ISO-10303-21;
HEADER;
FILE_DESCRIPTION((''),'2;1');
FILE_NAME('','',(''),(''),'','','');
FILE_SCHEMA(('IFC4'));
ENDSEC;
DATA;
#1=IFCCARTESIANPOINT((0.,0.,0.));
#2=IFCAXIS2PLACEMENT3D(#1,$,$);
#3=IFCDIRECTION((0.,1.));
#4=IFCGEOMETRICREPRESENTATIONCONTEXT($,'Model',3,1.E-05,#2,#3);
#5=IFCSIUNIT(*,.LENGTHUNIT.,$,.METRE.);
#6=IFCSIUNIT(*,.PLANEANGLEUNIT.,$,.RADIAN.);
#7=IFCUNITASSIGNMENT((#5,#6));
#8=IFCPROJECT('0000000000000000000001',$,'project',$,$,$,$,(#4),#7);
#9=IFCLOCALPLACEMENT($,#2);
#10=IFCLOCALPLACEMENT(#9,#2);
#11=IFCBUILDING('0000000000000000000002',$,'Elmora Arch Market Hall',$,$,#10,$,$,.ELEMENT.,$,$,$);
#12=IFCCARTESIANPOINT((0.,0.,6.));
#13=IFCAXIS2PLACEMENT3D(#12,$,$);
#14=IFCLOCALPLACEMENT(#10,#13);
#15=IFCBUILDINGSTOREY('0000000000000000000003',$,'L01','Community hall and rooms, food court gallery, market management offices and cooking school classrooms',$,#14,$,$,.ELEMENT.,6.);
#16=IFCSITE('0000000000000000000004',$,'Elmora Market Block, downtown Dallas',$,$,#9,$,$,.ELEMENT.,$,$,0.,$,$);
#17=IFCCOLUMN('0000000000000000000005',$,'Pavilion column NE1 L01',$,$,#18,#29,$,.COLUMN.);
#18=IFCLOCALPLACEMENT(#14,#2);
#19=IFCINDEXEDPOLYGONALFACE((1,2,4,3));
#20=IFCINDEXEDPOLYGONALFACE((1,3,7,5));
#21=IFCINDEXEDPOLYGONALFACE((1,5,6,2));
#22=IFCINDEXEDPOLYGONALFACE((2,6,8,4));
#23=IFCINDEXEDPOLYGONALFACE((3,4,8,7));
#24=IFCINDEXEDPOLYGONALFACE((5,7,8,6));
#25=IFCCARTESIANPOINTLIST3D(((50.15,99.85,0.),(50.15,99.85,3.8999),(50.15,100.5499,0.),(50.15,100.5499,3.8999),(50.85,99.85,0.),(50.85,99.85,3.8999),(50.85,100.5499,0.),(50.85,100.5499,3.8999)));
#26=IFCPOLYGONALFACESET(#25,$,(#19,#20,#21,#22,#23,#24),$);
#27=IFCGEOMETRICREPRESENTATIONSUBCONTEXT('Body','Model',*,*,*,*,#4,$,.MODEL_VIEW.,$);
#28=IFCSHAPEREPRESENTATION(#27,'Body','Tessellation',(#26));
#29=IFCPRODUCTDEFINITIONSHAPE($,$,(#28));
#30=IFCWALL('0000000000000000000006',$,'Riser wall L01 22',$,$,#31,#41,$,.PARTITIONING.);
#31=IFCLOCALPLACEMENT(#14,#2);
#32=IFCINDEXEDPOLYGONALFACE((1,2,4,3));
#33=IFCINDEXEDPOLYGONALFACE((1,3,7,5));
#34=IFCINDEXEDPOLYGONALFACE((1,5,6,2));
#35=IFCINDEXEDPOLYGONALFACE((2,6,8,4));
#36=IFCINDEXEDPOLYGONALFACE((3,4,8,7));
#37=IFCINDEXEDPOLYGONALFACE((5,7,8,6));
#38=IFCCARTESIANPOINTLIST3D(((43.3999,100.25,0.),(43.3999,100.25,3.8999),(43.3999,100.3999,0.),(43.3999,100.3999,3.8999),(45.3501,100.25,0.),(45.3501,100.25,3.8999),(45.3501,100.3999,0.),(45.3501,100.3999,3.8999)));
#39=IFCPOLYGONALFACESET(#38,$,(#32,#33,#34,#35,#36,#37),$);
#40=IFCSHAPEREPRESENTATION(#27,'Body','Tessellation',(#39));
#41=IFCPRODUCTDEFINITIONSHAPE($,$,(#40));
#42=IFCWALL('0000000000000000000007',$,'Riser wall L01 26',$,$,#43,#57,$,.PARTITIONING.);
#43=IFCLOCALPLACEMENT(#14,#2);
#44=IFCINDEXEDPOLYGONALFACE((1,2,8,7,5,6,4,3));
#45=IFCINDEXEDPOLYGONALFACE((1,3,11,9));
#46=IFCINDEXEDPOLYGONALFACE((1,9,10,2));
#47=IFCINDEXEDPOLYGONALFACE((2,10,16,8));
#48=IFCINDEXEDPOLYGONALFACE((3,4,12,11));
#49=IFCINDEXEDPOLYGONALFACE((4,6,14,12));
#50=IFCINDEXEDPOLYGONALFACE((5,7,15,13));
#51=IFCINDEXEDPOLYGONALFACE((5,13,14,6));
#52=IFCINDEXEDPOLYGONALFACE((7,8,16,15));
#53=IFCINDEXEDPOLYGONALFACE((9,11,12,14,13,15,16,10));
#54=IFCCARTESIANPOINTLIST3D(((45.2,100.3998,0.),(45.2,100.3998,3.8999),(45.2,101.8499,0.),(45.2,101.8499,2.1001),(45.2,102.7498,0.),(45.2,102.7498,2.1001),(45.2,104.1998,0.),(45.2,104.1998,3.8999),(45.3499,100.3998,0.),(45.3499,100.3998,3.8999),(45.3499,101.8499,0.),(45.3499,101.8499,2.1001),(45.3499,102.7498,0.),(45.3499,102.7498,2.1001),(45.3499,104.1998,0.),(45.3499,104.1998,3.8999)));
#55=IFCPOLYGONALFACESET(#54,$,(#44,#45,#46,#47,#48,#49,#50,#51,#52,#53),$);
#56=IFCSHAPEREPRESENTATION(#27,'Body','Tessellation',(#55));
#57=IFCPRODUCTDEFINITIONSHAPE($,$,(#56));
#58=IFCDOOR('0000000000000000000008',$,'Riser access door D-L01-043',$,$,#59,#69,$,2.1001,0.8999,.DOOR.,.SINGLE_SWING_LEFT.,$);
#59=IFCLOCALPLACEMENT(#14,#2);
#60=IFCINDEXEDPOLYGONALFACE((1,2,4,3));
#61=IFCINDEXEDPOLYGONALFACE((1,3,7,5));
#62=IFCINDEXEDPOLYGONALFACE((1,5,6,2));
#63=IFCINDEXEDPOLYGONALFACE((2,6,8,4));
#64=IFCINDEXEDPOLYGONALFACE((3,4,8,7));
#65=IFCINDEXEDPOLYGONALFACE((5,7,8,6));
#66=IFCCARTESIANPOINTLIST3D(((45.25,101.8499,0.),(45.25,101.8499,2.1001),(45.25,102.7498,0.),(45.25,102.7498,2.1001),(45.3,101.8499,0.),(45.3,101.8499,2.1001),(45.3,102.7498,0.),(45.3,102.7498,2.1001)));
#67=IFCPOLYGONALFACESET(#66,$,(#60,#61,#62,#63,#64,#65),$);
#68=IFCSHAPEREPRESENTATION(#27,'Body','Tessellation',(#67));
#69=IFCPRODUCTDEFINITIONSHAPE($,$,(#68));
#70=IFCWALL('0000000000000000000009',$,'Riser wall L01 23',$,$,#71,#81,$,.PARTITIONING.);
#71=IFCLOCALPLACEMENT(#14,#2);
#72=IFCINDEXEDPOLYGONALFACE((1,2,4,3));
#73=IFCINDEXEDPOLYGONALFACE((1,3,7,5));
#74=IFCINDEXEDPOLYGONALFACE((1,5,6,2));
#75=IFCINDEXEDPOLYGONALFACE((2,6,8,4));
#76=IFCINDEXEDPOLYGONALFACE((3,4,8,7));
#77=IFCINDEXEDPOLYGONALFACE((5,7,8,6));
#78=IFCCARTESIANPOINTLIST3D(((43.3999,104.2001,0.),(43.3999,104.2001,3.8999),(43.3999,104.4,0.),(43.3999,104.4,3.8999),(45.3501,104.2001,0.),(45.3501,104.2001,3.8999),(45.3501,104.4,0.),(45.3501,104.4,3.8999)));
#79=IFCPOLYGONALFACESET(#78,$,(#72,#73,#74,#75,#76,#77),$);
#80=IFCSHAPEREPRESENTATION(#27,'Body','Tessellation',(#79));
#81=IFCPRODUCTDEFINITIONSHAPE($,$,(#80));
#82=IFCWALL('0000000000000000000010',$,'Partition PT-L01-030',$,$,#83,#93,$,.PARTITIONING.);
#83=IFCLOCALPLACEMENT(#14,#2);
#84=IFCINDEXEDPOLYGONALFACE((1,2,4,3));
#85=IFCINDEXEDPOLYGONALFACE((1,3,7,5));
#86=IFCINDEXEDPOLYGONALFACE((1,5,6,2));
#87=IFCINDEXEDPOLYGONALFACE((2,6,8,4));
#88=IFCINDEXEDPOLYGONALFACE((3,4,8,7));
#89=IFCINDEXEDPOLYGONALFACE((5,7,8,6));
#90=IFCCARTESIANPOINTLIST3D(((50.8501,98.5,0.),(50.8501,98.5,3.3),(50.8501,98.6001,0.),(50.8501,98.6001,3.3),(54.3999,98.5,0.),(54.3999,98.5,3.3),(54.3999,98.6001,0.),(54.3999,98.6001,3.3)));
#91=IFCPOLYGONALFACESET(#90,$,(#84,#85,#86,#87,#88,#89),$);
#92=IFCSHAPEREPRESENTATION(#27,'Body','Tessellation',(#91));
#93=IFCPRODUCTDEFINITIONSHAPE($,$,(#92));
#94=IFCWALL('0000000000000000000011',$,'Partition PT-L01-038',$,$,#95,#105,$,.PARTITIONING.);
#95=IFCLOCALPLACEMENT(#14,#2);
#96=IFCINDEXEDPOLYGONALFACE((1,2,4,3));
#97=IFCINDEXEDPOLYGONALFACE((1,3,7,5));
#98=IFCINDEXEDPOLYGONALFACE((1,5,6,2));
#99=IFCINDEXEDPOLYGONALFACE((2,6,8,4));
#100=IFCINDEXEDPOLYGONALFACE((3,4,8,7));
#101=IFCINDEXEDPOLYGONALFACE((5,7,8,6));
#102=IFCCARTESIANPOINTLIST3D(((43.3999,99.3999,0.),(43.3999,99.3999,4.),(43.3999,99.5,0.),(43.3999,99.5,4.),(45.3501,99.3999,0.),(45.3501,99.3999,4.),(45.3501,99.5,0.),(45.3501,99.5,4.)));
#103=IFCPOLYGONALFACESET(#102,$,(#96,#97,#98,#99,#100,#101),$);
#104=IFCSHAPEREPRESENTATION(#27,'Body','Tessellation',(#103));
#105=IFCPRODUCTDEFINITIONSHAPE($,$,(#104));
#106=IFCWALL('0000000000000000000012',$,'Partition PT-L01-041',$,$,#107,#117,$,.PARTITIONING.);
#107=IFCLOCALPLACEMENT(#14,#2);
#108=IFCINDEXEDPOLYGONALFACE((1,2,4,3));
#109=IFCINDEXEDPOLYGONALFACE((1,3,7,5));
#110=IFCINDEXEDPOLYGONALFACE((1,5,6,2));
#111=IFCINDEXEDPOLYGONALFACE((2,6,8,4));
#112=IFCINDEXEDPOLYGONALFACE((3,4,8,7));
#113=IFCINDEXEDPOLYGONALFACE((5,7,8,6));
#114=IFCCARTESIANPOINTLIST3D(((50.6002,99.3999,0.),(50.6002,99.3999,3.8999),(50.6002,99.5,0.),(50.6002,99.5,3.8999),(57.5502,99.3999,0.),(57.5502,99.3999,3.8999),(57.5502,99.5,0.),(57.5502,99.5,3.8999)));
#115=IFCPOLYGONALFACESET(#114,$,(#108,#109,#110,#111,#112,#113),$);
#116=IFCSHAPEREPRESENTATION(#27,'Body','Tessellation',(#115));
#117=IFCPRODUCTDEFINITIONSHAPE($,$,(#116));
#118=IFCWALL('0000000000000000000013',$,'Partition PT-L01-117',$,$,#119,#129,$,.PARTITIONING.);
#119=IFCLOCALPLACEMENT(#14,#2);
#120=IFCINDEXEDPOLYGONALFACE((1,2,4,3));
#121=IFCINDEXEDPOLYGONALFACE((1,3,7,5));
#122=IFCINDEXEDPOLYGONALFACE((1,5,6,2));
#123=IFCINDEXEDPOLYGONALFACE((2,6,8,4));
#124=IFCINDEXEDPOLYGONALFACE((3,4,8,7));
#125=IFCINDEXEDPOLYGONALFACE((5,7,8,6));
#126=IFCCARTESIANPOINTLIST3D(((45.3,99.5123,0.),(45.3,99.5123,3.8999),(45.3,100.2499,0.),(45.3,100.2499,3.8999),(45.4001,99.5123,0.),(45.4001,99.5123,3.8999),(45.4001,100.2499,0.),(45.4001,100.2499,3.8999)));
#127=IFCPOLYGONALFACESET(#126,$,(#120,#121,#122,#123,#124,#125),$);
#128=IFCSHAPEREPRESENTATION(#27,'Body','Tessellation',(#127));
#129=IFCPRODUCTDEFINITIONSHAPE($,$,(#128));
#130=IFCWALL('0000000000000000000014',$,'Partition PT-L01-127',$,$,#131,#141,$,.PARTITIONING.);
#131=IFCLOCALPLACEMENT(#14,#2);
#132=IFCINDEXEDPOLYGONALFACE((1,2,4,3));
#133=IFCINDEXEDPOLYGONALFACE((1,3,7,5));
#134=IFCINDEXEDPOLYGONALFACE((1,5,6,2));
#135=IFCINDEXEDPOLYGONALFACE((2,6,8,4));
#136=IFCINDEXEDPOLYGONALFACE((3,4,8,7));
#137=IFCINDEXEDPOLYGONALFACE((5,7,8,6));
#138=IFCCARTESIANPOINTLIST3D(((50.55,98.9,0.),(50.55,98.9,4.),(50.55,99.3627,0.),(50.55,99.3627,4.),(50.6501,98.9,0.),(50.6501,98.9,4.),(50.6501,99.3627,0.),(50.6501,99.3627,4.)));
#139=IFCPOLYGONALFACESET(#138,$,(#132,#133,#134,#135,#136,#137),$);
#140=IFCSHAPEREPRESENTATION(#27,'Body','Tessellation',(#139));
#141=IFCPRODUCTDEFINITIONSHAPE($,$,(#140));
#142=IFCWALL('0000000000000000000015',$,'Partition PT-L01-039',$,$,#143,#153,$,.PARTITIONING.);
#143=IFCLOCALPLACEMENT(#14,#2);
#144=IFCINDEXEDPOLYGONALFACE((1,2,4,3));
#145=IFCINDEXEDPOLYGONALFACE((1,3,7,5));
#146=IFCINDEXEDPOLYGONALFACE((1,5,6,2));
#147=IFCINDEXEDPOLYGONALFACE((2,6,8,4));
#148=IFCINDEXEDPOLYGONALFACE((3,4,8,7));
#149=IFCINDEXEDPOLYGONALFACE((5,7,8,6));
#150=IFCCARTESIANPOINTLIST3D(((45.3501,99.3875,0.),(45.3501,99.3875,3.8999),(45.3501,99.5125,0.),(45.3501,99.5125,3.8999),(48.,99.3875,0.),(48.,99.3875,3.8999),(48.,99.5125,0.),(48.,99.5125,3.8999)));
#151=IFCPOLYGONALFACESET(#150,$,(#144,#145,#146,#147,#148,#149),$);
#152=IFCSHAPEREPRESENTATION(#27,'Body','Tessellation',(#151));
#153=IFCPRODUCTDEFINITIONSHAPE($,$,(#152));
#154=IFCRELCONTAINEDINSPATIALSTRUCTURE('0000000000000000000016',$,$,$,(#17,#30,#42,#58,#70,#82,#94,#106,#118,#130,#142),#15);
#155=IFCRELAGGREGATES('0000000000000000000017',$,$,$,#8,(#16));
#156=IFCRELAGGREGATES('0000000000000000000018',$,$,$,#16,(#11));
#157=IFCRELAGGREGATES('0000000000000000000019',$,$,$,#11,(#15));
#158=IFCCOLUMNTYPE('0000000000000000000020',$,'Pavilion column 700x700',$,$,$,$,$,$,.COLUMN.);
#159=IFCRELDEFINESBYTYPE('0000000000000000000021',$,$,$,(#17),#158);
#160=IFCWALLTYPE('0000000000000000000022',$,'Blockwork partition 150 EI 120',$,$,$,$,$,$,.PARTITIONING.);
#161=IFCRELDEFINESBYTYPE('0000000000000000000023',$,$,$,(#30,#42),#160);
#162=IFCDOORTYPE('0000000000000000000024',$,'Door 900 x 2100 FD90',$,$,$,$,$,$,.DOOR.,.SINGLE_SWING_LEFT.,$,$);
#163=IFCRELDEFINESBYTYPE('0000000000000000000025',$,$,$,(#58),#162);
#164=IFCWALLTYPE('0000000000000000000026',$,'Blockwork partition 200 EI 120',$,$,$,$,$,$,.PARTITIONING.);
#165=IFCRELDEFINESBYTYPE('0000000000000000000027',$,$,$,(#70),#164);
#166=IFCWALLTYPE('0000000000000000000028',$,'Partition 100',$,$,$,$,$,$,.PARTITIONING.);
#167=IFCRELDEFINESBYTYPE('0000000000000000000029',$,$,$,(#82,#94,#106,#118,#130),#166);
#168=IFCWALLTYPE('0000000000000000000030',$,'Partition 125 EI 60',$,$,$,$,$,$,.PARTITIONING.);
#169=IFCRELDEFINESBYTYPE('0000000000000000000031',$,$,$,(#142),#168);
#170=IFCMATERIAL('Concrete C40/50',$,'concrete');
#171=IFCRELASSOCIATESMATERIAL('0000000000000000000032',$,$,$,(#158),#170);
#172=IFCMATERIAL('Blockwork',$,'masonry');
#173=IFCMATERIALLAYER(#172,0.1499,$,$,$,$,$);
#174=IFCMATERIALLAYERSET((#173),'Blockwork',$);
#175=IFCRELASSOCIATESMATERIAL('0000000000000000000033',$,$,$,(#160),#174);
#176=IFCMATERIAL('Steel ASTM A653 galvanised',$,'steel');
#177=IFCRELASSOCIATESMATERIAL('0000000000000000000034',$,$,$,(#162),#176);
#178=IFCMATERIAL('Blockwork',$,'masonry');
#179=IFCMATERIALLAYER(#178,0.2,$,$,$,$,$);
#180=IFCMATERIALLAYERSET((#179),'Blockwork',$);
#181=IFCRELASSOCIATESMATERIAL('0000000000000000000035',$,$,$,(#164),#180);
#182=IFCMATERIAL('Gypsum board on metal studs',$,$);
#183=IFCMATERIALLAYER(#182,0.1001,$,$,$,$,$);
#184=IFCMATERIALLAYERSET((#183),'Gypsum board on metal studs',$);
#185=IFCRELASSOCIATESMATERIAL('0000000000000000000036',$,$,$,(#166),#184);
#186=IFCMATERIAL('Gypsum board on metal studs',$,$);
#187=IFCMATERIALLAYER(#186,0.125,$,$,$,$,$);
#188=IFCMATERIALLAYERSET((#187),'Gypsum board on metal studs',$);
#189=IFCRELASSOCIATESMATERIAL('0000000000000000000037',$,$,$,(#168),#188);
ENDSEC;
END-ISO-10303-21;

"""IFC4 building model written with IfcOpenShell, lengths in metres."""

from ifc_helpers import new_model, si_unit, direction, frame, frame_2d, origin, origin_2d, place, context, subcontext, project, spatial, rectangle, extrude, material, layer, layer_set, material_profile, profile_set, type_object, element, fill, save


model = new_model("IFC4")

# Units and contexts
model_context = context("Model", 3, precision=1e-05, world=origin(), true_north=direction((0.0, 1.0)))
body_context = subcontext(model_context, "Body", "Model", "MODEL_VIEW")
ifc_project = project(units=[si_unit("LENGTHUNIT", "METRE"), si_unit("PLANEANGLEUNIT", "RADIAN")], contexts=[model_context])

# Site, building, storey
site_placement = place(None, origin())
site = spatial("IfcSite", under=ifc_project, at=site_placement, Name="Elmora Market Block, downtown Dallas", CompositionType="ELEMENT", RefElevation=0.0)
building_placement = place(site_placement, origin())
building = spatial("IfcBuilding", under=site, at=building_placement, Name="Elmora Arch Market Hall", CompositionType="ELEMENT")
storey_placement = place(building_placement, frame((0.0, 0.0, 6.0)))
storey = spatial("IfcBuildingStorey", under=building, at=storey_placement, Name="L01", Description="Community hall and rooms, food court gallery, market management offices and cooking school classrooms", CompositionType="ELEMENT", Elevation=6.0)

# Column
ifc_material_1 = material(Name="Concrete C40/50", Category="concrete")
ifc_material_profile = material_profile(ifc_material_1, rectangle(XDim=0.7, YDim=0.7, at=origin_2d()), Name="Pavilion column 700x700")
ifc_profile_set = profile_set([ifc_material_profile], Name="Concrete C40/50")
column_type = type_object("IfcColumnType", Name="Pavilion column 700x700", PredefinedType="COLUMN", material=ifc_profile_set)
column_placement = place(storey_placement, frame((50.5, 100.2, 0.0), z_axis=(0.0, 0.0, 1.0), x_axis=(1.0, 0.0, 0.0)))
element("IfcColumn", 1, at=column_placement, inside=storey, type_object=column_type, Name="Pavilion column NE1 L01", PredefinedType="COLUMN", context=body_context, shape_type="SweptSolid", body=[
    extrude(rectangle(XDim=0.7, YDim=0.7, at=origin_2d()), origin(), (0.0, 0.0, 1.0), 3.8999),
])

# Wall
ifc_material_2 = material(Name="Blockwork", Category="masonry")
ifc_layer_1 = layer(ifc_material_2, 0.1499)
ifc_layer_set_1 = layer_set([ifc_layer_1], Name="Blockwork")
wall_type_1 = type_object("IfcWallType", Name="Blockwork partition 150 EI 120", PredefinedType="PARTITIONING", material=ifc_layer_set_1)
wall_1_placement = place(storey_placement, frame((43.3999, 100.325, 0.0), z_axis=(0.0, 0.0, 1.0), x_axis=(1.0, 0.0, 0.0)))
element("IfcWall", 2, at=wall_1_placement, inside=storey, type_object=wall_type_1, Name="Riser wall L01 22", PredefinedType="PARTITIONING", context=body_context, shape_type="SweptSolid", body=[
    extrude(rectangle(XDim=1.9502, YDim=0.1499, at=frame_2d((0.9751, 0.0))), origin(), (0.0, 0.0, 1.0), 3.8999),
])

# Wall, opening, door
wall_2_placement = place(storey_placement, frame((45.2749, 100.3999, 0.0), z_axis=(0.0, 0.0, 1.0), x_axis=(0.0, 1.0, 0.0)))
wall_2 = element("IfcWall", 3, at=wall_2_placement, inside=storey, type_object=wall_type_1, Name="Riser wall L01 26", PredefinedType="PARTITIONING", context=body_context, shape_type="SweptSolid", body=[
    extrude(rectangle(XDim=3.8, YDim=0.1499, at=frame_2d((1.8999, 0.0))), origin(), (0.0, 0.0, 1.0), 3.8999),
])
opening_1_placement = place(wall_2_placement, frame((1.45, 0.0, 0.0)))
opening_1 = element("IfcOpeningElement", 4, at=opening_1_placement, cuts=wall_2, PredefinedType="OPENING", context=body_context, shape_type="SweptSolid", body=[
    extrude(rectangle(XDim=0.8999, YDim=2.1001, at=frame_2d((0.45, 1.05))), frame((0.0, 0.085, 0.0), z_axis=(0.0, -1.0, 0.0), x_axis=(1.0, 0.0, 0.0)), (0.0, 0.0, 1.0), 0.1699),
])
ifc_material_3 = material(Name="Steel ASTM A653 galvanised", Category="steel")
door_type_1 = type_object("IfcDoorType", Name="Door 900 x 2100 FD90", OperationType="SINGLE_SWING_LEFT", PredefinedType="DOOR", material=ifc_material_3)
door_1_placement = place(opening_1_placement, origin())
door_1 = element("IfcDoor", 5, at=door_1_placement, inside=storey, type_object=door_type_1, Name="Riser access door D-L01-043", OperationType="SINGLE_SWING_LEFT", OverallHeight=2.1001, OverallWidth=0.8999, PredefinedType="DOOR", context=body_context, shape_type="SweptSolid", body=[
    extrude(rectangle(XDim=0.8999, YDim=2.1001, at=frame_2d((0.45, 1.05))), frame((0.0, 0.0249, 0.0), z_axis=(0.0, -1.0, 0.0), x_axis=(1.0, 0.0, 0.0)), (0.0, 0.0, 1.0), 0.05),
])
fill(opening_1, door_1)

# Walls
ifc_material_4 = material(Name="Blockwork", Category="masonry")
ifc_layer_2 = layer(ifc_material_4, 0.2)
ifc_layer_set_2 = layer_set([ifc_layer_2], Name="Blockwork")
wall_type_2 = type_object("IfcWallType", Name="Blockwork partition 200 EI 120", PredefinedType="PARTITIONING", material=ifc_layer_set_2)
wall_3_placement = place(storey_placement, frame((43.3999, 104.3, 0.0), z_axis=(0.0, 0.0, 1.0), x_axis=(1.0, 0.0, 0.0)))
element("IfcWall", 6, at=wall_3_placement, inside=storey, type_object=wall_type_2, Name="Riser wall L01 23", PredefinedType="PARTITIONING", context=body_context, shape_type="SweptSolid", body=[
    extrude(rectangle(XDim=1.9502, YDim=0.2, at=frame_2d((0.9751, 0.0))), origin(), (0.0, 0.0, 1.0), 3.8999),
])
ifc_material_5 = material(Name="Gypsum board on metal studs")
ifc_layer_3 = layer(ifc_material_5, 0.1001)
ifc_layer_set_3 = layer_set([ifc_layer_3], Name="Gypsum board on metal studs")
wall_type_3 = type_object("IfcWallType", Name="Partition 100", PredefinedType="PARTITIONING", material=ifc_layer_set_3)
wall_4_placement = place(storey_placement, frame((50.8501, 98.55, 0.0), z_axis=(0.0, 0.0, 1.0), x_axis=(1.0, 0.0, 0.0)))
element("IfcWall", 7, at=wall_4_placement, inside=storey, type_object=wall_type_3, Name="Partition PT-L01-030", PredefinedType="PARTITIONING", context=body_context, shape_type="SweptSolid", body=[
    extrude(rectangle(XDim=3.5498, YDim=0.1001, at=frame_2d((1.7749, 0.0))), origin(), (0.0, 0.0, 1.0), 3.3),
])
wall_5_placement = place(storey_placement, frame((43.3999, 99.45, 0.0), z_axis=(0.0, 0.0, 1.0), x_axis=(1.0, 0.0, 0.0)))
element("IfcWall", 8, at=wall_5_placement, inside=storey, type_object=wall_type_3, Name="Partition PT-L01-038", PredefinedType="PARTITIONING", context=body_context, shape_type="SweptSolid", body=[
    extrude(rectangle(XDim=1.9502, YDim=0.1001, at=frame_2d((0.9751, 0.0))), origin(), (0.0, 0.0, 1.0), 4.0),
])
wall_6_placement = place(storey_placement, frame((50.6001, 99.45, 0.0), z_axis=(0.0, 0.0, 1.0), x_axis=(1.0, 0.0, 0.0)))
element("IfcWall", 9, at=wall_6_placement, inside=storey, type_object=wall_type_3, Name="Partition PT-L01-041", PredefinedType="PARTITIONING", context=body_context, shape_type="SweptSolid", body=[
    extrude(rectangle(XDim=6.95, YDim=0.1001, at=frame_2d((3.4751, 0.0))), origin(), (0.0, 0.0, 1.0), 3.8999),
])
wall_7_placement = place(storey_placement, frame((45.3501, 99.5125, 0.0), z_axis=(0.0, 0.0, 1.0), x_axis=(0.0, 1.0, 0.0)))
element("IfcWall", 10, at=wall_7_placement, inside=storey, type_object=wall_type_3, Name="Partition PT-L01-117", PredefinedType="PARTITIONING", context=body_context, shape_type="SweptSolid", body=[
    extrude(rectangle(XDim=0.7375, YDim=0.1001, at=frame_2d((0.3687, 0.0))), origin(), (0.0, 0.0, 1.0), 3.8999),
])
wall_8_placement = place(storey_placement, frame((50.6001, 98.8999, 0.0), z_axis=(0.0, 0.0, 1.0), x_axis=(0.0, 1.0, 0.0)))
element("IfcWall", 11, at=wall_8_placement, inside=storey, type_object=wall_type_3, Name="Partition PT-L01-127", PredefinedType="PARTITIONING", context=body_context, shape_type="SweptSolid", body=[
    extrude(rectangle(XDim=0.4626, YDim=0.1001, at=frame_2d((0.2314, 0.0))), origin(), (0.0, 0.0, 1.0), 4.0),
])
ifc_material_6 = material(Name="Gypsum board on metal studs")
ifc_layer_4 = layer(ifc_material_6, 0.125)
ifc_layer_set_4 = layer_set([ifc_layer_4], Name="Gypsum board on metal studs")
wall_type_4 = type_object("IfcWallType", Name="Partition 125 EI 60", PredefinedType="PARTITIONING", material=ifc_layer_set_4)
wall_9_placement = place(storey_placement, frame((45.3501, 99.45, 0.0), z_axis=(0.0, 0.0, 1.0), x_axis=(1.0, 0.0, 0.0)))
element("IfcWall", 12, at=wall_9_placement, inside=storey, type_object=wall_type_4, Name="Partition PT-L01-039", PredefinedType="PARTITIONING", context=body_context, shape_type="SweptSolid", body=[
    extrude(rectangle(XDim=2.6499, YDim=0.125, at=frame_2d((1.325, 0.0))), origin(), (0.0, 0.0, 1.0), 3.8999),
])

save(model, "model.ifc")
